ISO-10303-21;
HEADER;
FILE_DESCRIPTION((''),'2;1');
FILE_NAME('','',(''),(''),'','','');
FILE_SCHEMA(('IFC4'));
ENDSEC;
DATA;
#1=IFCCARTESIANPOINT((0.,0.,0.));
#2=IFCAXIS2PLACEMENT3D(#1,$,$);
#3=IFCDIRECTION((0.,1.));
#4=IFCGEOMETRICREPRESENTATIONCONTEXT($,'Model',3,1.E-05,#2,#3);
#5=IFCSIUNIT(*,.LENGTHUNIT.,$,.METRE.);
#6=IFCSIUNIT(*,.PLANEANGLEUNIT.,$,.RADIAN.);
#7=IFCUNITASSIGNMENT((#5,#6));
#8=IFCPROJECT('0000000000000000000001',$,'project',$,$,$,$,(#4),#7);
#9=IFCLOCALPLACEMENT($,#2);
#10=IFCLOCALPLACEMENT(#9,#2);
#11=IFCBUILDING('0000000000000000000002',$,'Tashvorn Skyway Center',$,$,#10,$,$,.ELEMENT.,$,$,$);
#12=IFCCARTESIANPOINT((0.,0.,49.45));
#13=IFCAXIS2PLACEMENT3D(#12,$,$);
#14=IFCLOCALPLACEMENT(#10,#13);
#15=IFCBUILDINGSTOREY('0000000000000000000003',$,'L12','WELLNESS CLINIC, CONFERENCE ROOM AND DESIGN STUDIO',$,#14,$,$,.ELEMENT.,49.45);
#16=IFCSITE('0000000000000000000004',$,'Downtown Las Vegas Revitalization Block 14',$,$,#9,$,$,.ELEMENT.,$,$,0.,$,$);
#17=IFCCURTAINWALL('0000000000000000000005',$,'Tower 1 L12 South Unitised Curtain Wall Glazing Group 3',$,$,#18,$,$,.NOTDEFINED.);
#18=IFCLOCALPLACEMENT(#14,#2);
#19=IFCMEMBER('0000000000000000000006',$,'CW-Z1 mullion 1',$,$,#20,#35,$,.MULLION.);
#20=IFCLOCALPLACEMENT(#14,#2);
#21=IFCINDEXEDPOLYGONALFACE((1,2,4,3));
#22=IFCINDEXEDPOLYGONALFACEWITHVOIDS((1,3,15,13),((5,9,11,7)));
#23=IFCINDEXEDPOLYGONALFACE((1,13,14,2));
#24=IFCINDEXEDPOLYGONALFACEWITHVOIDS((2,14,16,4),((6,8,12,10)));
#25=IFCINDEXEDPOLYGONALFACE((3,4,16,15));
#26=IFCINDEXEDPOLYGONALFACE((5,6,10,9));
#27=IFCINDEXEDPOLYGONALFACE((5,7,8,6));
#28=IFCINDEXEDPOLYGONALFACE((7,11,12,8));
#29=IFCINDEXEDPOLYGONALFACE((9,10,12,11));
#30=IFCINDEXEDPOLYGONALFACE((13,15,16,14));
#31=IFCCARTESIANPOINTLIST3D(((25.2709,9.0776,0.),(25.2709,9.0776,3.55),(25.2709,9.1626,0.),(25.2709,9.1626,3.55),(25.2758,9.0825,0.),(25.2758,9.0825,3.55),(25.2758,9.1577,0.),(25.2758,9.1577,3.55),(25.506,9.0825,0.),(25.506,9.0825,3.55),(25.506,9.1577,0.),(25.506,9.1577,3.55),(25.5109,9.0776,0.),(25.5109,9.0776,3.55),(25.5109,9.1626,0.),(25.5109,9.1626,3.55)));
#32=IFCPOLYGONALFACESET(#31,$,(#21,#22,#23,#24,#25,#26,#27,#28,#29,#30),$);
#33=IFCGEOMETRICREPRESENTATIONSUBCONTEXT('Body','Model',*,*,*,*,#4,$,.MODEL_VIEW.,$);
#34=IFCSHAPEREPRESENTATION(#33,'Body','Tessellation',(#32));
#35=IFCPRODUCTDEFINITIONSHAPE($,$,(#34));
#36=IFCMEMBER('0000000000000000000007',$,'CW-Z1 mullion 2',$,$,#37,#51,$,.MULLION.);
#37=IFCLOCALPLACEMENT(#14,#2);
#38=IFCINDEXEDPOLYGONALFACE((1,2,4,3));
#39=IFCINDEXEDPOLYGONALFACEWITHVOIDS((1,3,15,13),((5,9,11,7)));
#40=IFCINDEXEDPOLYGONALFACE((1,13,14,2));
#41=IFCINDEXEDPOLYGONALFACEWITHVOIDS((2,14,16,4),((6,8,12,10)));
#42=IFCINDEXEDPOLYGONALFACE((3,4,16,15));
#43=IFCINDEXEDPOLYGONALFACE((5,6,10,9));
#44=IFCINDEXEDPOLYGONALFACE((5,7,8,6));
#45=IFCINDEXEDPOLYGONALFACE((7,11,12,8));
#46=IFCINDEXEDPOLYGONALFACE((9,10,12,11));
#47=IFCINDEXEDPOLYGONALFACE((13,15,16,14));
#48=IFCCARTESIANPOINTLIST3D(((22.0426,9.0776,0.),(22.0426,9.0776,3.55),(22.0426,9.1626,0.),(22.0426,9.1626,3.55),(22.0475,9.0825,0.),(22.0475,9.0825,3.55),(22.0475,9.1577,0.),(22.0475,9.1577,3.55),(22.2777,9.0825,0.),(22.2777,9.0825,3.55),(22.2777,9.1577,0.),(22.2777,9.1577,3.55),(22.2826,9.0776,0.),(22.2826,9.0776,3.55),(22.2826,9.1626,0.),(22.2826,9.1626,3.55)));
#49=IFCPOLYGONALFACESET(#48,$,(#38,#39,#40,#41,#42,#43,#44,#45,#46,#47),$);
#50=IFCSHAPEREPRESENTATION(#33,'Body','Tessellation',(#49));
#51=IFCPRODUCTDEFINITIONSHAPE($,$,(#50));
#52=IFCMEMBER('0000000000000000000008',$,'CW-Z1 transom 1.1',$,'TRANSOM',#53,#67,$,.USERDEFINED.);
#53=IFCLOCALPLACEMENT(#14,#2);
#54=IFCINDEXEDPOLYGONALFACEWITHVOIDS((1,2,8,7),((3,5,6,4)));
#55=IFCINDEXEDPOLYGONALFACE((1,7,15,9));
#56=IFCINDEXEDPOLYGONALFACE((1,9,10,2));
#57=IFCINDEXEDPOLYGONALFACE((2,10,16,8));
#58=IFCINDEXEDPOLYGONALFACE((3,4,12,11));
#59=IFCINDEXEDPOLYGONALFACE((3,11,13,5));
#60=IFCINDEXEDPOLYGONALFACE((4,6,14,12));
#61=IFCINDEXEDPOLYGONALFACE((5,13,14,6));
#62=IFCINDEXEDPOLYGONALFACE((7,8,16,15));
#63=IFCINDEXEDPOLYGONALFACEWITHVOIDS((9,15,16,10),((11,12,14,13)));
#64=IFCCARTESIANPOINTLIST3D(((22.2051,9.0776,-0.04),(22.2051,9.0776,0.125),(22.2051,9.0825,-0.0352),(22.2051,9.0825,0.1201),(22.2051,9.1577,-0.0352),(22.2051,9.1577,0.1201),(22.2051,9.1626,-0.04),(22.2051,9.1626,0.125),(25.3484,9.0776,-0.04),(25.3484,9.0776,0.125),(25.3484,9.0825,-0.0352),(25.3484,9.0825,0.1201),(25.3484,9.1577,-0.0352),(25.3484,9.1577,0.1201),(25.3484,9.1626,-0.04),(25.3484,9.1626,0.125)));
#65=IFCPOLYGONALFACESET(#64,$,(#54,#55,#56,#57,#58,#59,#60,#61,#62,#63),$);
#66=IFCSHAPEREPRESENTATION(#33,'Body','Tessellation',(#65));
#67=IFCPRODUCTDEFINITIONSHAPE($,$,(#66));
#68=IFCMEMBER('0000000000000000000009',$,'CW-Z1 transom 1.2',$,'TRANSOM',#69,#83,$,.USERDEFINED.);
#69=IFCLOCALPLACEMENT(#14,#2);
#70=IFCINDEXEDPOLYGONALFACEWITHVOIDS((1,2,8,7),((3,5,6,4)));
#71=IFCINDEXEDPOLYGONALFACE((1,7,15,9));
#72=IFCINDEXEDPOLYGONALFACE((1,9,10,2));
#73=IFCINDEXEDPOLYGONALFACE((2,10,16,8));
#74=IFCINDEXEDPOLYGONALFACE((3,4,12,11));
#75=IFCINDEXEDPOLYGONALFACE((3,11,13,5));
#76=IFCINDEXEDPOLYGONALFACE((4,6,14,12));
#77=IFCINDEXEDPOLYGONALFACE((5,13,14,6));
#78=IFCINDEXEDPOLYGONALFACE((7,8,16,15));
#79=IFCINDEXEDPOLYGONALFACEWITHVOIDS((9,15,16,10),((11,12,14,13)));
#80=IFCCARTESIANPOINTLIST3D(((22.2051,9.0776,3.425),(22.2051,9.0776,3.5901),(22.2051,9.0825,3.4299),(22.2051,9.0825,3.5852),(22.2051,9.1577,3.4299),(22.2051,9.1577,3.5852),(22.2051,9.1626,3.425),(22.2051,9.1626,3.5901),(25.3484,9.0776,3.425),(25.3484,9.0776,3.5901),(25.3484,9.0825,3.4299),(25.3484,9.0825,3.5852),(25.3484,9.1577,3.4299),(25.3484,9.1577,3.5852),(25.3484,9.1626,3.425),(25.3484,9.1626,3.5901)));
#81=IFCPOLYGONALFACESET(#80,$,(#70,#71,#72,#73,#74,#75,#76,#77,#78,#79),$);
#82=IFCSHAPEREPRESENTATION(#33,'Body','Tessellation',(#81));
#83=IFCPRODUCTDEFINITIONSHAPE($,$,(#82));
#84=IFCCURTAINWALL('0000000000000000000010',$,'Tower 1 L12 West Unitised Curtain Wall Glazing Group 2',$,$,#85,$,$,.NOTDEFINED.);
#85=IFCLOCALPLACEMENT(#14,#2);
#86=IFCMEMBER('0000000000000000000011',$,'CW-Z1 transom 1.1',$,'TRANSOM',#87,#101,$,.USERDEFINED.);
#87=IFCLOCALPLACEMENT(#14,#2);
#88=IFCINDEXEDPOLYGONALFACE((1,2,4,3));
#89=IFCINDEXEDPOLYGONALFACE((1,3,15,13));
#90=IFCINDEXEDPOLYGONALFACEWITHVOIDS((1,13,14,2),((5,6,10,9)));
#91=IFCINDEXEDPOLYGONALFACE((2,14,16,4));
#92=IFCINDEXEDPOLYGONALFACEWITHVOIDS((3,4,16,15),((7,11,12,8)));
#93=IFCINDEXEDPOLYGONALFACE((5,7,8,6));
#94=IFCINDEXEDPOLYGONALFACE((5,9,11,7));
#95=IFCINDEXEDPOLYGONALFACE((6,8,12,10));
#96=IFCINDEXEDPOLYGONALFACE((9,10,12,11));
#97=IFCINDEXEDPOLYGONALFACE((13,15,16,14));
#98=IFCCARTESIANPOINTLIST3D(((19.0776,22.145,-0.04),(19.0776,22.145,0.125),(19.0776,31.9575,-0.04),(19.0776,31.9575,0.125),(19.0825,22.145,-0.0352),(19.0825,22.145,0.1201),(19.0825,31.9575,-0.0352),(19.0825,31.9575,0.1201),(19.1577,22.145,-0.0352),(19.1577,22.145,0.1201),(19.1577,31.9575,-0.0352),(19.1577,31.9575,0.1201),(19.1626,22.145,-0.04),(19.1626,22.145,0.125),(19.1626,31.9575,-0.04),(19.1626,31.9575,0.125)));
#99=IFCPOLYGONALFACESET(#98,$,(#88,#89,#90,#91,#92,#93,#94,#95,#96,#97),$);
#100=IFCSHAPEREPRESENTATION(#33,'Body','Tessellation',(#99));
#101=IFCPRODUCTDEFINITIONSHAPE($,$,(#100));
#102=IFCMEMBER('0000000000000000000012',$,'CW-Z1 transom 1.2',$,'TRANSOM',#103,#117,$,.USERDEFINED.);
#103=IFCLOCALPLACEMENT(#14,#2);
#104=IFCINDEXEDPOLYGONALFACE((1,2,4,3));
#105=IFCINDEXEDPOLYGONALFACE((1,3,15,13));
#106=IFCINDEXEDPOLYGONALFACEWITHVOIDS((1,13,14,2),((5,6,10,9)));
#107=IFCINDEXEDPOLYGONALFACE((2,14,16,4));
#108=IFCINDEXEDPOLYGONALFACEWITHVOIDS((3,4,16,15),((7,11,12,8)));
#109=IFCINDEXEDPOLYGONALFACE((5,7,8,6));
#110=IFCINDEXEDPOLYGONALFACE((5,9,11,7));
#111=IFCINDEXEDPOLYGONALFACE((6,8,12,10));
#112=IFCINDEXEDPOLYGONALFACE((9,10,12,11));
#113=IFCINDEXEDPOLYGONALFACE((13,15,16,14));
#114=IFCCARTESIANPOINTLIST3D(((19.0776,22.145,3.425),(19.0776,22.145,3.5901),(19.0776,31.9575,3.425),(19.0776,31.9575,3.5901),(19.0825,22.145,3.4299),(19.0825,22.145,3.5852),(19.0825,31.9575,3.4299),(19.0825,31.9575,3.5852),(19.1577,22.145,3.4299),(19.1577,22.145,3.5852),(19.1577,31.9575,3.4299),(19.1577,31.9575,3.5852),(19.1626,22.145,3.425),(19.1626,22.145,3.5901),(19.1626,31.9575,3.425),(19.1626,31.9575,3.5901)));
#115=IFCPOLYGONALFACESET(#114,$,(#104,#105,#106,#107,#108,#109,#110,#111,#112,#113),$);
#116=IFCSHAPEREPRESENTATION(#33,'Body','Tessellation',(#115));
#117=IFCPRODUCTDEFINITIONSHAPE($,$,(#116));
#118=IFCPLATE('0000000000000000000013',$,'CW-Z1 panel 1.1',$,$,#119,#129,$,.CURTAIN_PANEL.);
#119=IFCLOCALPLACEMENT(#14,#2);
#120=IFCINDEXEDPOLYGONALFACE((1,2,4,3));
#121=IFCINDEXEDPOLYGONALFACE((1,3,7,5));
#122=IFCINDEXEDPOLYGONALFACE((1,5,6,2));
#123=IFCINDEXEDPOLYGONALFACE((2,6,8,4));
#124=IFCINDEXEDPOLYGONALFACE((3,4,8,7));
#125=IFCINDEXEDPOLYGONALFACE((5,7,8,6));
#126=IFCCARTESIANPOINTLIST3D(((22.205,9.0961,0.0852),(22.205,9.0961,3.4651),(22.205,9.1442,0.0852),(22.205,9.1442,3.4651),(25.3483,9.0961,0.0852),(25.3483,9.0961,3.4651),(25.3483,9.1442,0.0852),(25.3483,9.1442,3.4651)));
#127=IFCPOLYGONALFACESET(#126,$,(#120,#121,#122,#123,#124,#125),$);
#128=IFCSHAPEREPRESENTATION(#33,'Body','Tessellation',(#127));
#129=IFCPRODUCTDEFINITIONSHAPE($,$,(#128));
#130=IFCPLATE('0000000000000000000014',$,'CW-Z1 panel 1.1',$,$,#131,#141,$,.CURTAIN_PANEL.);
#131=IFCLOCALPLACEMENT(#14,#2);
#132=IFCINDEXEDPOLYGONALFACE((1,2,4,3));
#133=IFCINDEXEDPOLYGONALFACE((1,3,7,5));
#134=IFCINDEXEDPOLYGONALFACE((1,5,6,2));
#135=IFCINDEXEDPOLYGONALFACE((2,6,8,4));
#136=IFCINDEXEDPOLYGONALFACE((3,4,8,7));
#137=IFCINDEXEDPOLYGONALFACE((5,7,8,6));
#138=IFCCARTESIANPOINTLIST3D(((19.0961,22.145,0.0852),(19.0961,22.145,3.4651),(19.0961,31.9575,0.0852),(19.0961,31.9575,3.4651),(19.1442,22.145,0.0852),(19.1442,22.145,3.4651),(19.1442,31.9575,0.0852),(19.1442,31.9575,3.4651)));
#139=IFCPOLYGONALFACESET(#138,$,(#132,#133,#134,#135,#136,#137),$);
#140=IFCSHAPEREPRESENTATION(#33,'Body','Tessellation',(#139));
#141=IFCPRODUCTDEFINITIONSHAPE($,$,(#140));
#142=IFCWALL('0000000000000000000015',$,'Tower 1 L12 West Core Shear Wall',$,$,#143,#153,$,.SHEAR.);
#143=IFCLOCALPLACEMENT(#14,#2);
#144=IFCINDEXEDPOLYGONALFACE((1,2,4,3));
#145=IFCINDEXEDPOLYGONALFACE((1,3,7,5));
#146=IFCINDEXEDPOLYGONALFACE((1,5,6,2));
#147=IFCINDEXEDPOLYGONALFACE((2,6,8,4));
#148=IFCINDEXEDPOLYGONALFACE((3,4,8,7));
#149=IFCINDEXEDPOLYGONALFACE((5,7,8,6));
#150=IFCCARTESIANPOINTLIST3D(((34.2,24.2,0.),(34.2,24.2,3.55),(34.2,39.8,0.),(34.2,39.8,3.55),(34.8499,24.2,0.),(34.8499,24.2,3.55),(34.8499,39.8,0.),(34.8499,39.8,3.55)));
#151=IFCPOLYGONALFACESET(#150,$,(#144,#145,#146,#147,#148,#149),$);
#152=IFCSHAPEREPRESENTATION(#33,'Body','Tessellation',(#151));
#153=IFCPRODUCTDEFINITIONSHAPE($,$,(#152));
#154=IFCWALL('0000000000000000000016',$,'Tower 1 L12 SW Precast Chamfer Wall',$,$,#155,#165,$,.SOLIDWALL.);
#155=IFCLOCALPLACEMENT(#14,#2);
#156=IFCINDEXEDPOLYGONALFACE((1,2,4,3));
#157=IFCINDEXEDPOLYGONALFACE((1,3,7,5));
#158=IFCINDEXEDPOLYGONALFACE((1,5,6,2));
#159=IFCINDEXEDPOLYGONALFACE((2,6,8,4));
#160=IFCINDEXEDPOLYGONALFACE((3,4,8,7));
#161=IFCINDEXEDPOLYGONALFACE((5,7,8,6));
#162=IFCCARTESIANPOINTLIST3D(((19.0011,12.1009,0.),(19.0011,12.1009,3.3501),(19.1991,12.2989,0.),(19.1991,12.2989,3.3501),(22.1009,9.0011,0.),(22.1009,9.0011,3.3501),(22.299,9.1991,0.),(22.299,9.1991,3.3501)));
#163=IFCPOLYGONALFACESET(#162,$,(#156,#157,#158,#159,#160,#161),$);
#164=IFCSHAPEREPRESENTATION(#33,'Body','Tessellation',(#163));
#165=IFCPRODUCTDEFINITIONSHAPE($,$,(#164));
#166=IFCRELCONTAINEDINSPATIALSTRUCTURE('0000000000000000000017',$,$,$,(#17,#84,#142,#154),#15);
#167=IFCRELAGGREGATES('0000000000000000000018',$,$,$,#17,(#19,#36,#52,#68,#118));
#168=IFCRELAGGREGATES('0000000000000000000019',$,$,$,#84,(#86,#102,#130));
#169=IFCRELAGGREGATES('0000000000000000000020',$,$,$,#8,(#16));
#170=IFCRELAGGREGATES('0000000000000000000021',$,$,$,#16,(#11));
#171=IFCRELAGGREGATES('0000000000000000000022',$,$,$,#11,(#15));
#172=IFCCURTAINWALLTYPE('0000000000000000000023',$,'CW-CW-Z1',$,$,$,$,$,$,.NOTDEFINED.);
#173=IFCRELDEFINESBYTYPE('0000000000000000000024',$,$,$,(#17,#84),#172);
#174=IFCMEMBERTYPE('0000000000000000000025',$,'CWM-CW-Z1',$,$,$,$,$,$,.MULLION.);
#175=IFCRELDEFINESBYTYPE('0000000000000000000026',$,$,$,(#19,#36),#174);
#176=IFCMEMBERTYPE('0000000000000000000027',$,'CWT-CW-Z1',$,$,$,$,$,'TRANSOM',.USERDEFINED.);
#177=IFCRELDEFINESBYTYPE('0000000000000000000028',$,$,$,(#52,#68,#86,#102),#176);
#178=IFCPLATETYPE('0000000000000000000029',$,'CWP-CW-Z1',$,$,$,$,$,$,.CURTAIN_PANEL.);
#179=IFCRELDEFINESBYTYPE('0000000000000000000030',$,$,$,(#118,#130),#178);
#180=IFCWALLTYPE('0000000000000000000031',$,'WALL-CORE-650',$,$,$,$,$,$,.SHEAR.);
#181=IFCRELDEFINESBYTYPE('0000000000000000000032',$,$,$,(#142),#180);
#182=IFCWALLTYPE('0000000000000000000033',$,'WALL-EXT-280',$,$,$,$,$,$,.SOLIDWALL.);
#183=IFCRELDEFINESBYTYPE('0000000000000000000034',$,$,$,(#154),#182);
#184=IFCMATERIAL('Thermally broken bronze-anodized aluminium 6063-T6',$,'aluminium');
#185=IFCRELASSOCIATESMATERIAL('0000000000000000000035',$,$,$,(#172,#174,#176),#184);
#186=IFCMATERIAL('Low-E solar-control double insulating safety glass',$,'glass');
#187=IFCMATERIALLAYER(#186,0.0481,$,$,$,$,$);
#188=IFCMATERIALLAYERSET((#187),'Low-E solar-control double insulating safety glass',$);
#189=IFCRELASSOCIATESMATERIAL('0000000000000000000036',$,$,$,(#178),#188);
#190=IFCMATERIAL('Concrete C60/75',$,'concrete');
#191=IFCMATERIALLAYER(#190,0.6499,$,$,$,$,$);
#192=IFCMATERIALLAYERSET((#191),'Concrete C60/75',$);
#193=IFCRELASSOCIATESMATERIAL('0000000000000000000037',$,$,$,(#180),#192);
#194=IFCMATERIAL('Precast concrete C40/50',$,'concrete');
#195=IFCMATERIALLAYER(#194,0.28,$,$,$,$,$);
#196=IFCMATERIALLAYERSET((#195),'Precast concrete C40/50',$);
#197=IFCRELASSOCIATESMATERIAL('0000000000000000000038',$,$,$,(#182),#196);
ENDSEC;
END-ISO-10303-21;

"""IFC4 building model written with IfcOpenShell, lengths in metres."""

from ifc_helpers import new_model, si_unit, direction, frame, frame_2d, origin, origin_2d, place, context, subcontext, project, spatial, rectangle, hollow_rectangle, extrude, material, layer, layer_set, material_profile, profile_set, type_object, element, aggregate, save


model = new_model("IFC4")

# Units and contexts
model_context = context("Model", 3, precision=1e-05, world=origin(), true_north=direction((0.0, 1.0)))
body_context = subcontext(model_context, "Body", "Model", "MODEL_VIEW")
ifc_project = project(units=[si_unit("LENGTHUNIT", "METRE"), si_unit("PLANEANGLEUNIT", "RADIAN")], contexts=[model_context])

# Site, building, storey
site_placement = place(None, origin())
site = spatial("IfcSite", under=ifc_project, at=site_placement, Name="Downtown Las Vegas Revitalization Block 14", CompositionType="ELEMENT", RefElevation=0.0)
building_placement = place(site_placement, origin())
building = spatial("IfcBuilding", under=site, at=building_placement, Name="Tashvorn Skyway Center", CompositionType="ELEMENT")
storey_placement = place(building_placement, frame((0.0, 0.0, 49.45)))
storey = spatial("IfcBuildingStorey", under=building, at=storey_placement, Name="L12", Description="WELLNESS CLINIC, CONFERENCE ROOM AND DESIGN STUDIO", CompositionType="ELEMENT", Elevation=49.45)

# Shared definitions
ifc_material_1 = material(Name="Thermally broken bronze-anodized aluminium 6063-T6", Category="aluminium")
curtain_wall_type = type_object("IfcCurtainWallType", Name="CW-CW-Z1", PredefinedType="NOTDEFINED", material=ifc_material_1)
ifc_material_profile_1 = material_profile(ifc_material_1, hollow_rectangle(XDim=0.085, YDim=0.24, WallThickness=0.0049, at=origin_2d()), Name="ALU-MULL-85x240")
ifc_profile_set_1 = profile_set([ifc_material_profile_1], Name="Thermally broken bronze-anodized aluminium 6063-T6")
member_type_1 = type_object("IfcMemberType", Name="CWM-CW-Z1", PredefinedType="MULLION", material=ifc_profile_set_1)

# Curtain walls, members
curtain_wall_1_placement = place(storey_placement, origin())
curtain_wall_1 = element("IfcCurtainWall", 1, at=curtain_wall_1_placement, inside=storey, type_object=curtain_wall_type, Name="Tower 1 L12 South Unitised Curtain Wall Glazing Group 3", PredefinedType="NOTDEFINED")
member_1_placement = place(storey_placement, frame((25.3909, 9.1201, 0.0), z_axis=(0.0, 0.0, 1.0), x_axis=(0.0, -1.0, 0.0)))
member_1 = element("IfcMember", 2, at=member_1_placement, type_object=member_type_1, Name="CW-Z1 mullion 1", PredefinedType="MULLION", context=body_context, shape_type="SweptSolid", body=[
    extrude(hollow_rectangle(XDim=0.085, YDim=0.24, WallThickness=0.0049, at=origin_2d()), origin(), (0.0, 0.0, 1.0), 3.55),
])
member_2_placement = place(storey_placement, frame((22.1626, 9.1201, 0.0), z_axis=(0.0, 0.0, 1.0), x_axis=(0.0, -1.0, 0.0)))
member_2 = element("IfcMember", 3, at=member_2_placement, type_object=member_type_1, Name="CW-Z1 mullion 2", PredefinedType="MULLION", context=body_context, shape_type="SweptSolid", body=[
    extrude(hollow_rectangle(XDim=0.085, YDim=0.24, WallThickness=0.0049, at=origin_2d()), origin(), (0.0, 0.0, 1.0), 3.55),
])
ifc_material_profile_2 = material_profile(ifc_material_1, hollow_rectangle(XDim=0.085, YDim=0.165, WallThickness=0.0049, at=origin_2d()), Name="ALU-TRAN-85x165")
ifc_profile_set_2 = profile_set([ifc_material_profile_2], Name="Thermally broken bronze-anodized aluminium 6063-T6")
member_type_2 = type_object("IfcMemberType", Name="CWT-CW-Z1", ElementType="TRANSOM", PredefinedType="USERDEFINED", material=ifc_profile_set_2)
member_3_placement = place(storey_placement, frame((25.3484, 9.1201, 0.0425), z_axis=(-1.0, 0.0, 0.0), x_axis=(0.0, -1.0, 0.0)))
member_3 = element("IfcMember", 4, at=member_3_placement, type_object=member_type_2, Name="CW-Z1 transom 1.1", ObjectType="TRANSOM", PredefinedType="USERDEFINED", context=body_context, shape_type="SweptSolid", body=[
    extrude(hollow_rectangle(XDim=0.085, YDim=0.165, WallThickness=0.0049, at=origin_2d()), origin(), (0.0, 0.0, 1.0), 3.1433),
])
member_4_placement = place(storey_placement, frame((25.3484, 9.1201, 3.5076), z_axis=(-1.0, 0.0, 0.0), x_axis=(0.0, -1.0, 0.0)))
member_4 = element("IfcMember", 5, at=member_4_placement, type_object=member_type_2, Name="CW-Z1 transom 1.2", ObjectType="TRANSOM", PredefinedType="USERDEFINED", context=body_context, shape_type="SweptSolid", body=[
    extrude(hollow_rectangle(XDim=0.085, YDim=0.165, WallThickness=0.0049, at=origin_2d()), origin(), (0.0, 0.0, 1.0), 3.1433),
])
curtain_wall_2_placement = place(storey_placement, origin())
curtain_wall_2 = element("IfcCurtainWall", 6, at=curtain_wall_2_placement, inside=storey, type_object=curtain_wall_type, Name="Tower 1 L12 West Unitised Curtain Wall Glazing Group 2", PredefinedType="NOTDEFINED")
member_5_placement = place(storey_placement, frame((19.1201, 22.145, 0.0425), z_axis=(0.0, 1.0, 0.0), x_axis=(-1.0, 0.0, 0.0)))
member_5 = element("IfcMember", 7, at=member_5_placement, type_object=member_type_2, Name="CW-Z1 transom 1.1", ObjectType="TRANSOM", PredefinedType="USERDEFINED", context=body_context, shape_type="SweptSolid", body=[
    extrude(hollow_rectangle(XDim=0.085, YDim=0.165, WallThickness=0.0049, at=origin_2d()), origin(), (0.0, 0.0, 1.0), 9.8125),
])
member_6_placement = place(storey_placement, frame((19.1201, 22.145, 3.5076), z_axis=(0.0, 1.0, 0.0), x_axis=(-1.0, 0.0, 0.0)))
member_6 = element("IfcMember", 8, at=member_6_placement, type_object=member_type_2, Name="CW-Z1 transom 1.2", ObjectType="TRANSOM", PredefinedType="USERDEFINED", context=body_context, shape_type="SweptSolid", body=[
    extrude(hollow_rectangle(XDim=0.085, YDim=0.165, WallThickness=0.0049, at=origin_2d()), origin(), (0.0, 0.0, 1.0), 9.8125),
])

# Plates
ifc_material_2 = material(Name="Low-E solar-control double insulating safety glass", Category="glass")
ifc_layer_1 = layer(ifc_material_2, 0.0481)
ifc_layer_set_1 = layer_set([ifc_layer_1], Name="Low-E solar-control double insulating safety glass")
plate_type = type_object("IfcPlateType", Name="CWP-CW-Z1", PredefinedType="CURTAIN_PANEL", material=ifc_layer_set_1)
plate_1_placement = place(storey_placement, frame((23.7766, 9.1201, 0.0852), z_axis=(0.0, 0.0, 1.0), x_axis=(-1.0, 0.0, 0.0)))
plate_1 = element("IfcPlate", 9, at=plate_1_placement, type_object=plate_type, Name="CW-Z1 panel 1.1", PredefinedType="CURTAIN_PANEL", context=body_context, shape_type="SweptSolid", body=[
    extrude(rectangle(XDim=3.1433, YDim=0.0481, at=origin_2d()), origin(), (0.0, 0.0, 1.0), 3.3799),
])
aggregate(curtain_wall_1, [member_1, member_2, member_3, member_4, plate_1])
plate_2_placement = place(storey_placement, frame((19.1201, 27.0513, 0.0852), z_axis=(0.0, 0.0, 1.0), x_axis=(0.0, 1.0, 0.0)))
plate_2 = element("IfcPlate", 10, at=plate_2_placement, type_object=plate_type, Name="CW-Z1 panel 1.1", PredefinedType="CURTAIN_PANEL", context=body_context, shape_type="SweptSolid", body=[
    extrude(rectangle(XDim=9.8125, YDim=0.0481, at=origin_2d()), origin(), (0.0, 0.0, 1.0), 3.3799),
])
aggregate(curtain_wall_2, [member_5, member_6, plate_2])

# Walls
ifc_material_3 = material(Name="Concrete C60/75", Category="concrete")
ifc_layer_2 = layer(ifc_material_3, 0.6499)
ifc_layer_set_2 = layer_set([ifc_layer_2], Name="Concrete C60/75")
wall_type_1 = type_object("IfcWallType", Name="WALL-CORE-650", PredefinedType="SHEAR", material=ifc_layer_set_2)
wall_1_placement = place(storey_placement, frame((34.5249, 24.2, 0.0), z_axis=(0.0, 0.0, 1.0), x_axis=(0.0, 1.0, 0.0)))
element("IfcWall", 11, at=wall_1_placement, inside=storey, type_object=wall_type_1, Name="Tower 1 L12 West Core Shear Wall", PredefinedType="SHEAR", context=body_context, shape_type="SweptSolid", body=[
    extrude(rectangle(XDim=15.6001, YDim=0.6499, at=frame_2d((7.8, 0.0))), origin(), (0.0, 0.0, 1.0), 3.55),
])
ifc_material_4 = material(Name="Precast concrete C40/50", Category="concrete")
ifc_layer_3 = layer(ifc_material_4, 0.28)
ifc_layer_set_3 = layer_set([ifc_layer_3], Name="Precast concrete C40/50")
wall_type_2 = type_object("IfcWallType", Name="WALL-EXT-280", PredefinedType="SOLIDWALL", material=ifc_layer_set_3)
wall_2_placement = place(storey_placement, frame((22.2, 9.1001, 0.0), z_axis=(0.0, 0.0, 1.0), x_axis=(-0.707107, 0.707107, 0.0)))
element("IfcWall", 12, at=wall_2_placement, inside=storey, type_object=wall_type_2, Name="Tower 1 L12 SW Precast Chamfer Wall", PredefinedType="SOLIDWALL", context=body_context, shape_type="SweptSolid", body=[
    extrude(rectangle(XDim=4.3838, YDim=0.28, at=frame_2d((2.1919, 0.0))), origin(), (0.0, 0.0, 1.0), 3.3501),
])

save(model, "model.ifc")
